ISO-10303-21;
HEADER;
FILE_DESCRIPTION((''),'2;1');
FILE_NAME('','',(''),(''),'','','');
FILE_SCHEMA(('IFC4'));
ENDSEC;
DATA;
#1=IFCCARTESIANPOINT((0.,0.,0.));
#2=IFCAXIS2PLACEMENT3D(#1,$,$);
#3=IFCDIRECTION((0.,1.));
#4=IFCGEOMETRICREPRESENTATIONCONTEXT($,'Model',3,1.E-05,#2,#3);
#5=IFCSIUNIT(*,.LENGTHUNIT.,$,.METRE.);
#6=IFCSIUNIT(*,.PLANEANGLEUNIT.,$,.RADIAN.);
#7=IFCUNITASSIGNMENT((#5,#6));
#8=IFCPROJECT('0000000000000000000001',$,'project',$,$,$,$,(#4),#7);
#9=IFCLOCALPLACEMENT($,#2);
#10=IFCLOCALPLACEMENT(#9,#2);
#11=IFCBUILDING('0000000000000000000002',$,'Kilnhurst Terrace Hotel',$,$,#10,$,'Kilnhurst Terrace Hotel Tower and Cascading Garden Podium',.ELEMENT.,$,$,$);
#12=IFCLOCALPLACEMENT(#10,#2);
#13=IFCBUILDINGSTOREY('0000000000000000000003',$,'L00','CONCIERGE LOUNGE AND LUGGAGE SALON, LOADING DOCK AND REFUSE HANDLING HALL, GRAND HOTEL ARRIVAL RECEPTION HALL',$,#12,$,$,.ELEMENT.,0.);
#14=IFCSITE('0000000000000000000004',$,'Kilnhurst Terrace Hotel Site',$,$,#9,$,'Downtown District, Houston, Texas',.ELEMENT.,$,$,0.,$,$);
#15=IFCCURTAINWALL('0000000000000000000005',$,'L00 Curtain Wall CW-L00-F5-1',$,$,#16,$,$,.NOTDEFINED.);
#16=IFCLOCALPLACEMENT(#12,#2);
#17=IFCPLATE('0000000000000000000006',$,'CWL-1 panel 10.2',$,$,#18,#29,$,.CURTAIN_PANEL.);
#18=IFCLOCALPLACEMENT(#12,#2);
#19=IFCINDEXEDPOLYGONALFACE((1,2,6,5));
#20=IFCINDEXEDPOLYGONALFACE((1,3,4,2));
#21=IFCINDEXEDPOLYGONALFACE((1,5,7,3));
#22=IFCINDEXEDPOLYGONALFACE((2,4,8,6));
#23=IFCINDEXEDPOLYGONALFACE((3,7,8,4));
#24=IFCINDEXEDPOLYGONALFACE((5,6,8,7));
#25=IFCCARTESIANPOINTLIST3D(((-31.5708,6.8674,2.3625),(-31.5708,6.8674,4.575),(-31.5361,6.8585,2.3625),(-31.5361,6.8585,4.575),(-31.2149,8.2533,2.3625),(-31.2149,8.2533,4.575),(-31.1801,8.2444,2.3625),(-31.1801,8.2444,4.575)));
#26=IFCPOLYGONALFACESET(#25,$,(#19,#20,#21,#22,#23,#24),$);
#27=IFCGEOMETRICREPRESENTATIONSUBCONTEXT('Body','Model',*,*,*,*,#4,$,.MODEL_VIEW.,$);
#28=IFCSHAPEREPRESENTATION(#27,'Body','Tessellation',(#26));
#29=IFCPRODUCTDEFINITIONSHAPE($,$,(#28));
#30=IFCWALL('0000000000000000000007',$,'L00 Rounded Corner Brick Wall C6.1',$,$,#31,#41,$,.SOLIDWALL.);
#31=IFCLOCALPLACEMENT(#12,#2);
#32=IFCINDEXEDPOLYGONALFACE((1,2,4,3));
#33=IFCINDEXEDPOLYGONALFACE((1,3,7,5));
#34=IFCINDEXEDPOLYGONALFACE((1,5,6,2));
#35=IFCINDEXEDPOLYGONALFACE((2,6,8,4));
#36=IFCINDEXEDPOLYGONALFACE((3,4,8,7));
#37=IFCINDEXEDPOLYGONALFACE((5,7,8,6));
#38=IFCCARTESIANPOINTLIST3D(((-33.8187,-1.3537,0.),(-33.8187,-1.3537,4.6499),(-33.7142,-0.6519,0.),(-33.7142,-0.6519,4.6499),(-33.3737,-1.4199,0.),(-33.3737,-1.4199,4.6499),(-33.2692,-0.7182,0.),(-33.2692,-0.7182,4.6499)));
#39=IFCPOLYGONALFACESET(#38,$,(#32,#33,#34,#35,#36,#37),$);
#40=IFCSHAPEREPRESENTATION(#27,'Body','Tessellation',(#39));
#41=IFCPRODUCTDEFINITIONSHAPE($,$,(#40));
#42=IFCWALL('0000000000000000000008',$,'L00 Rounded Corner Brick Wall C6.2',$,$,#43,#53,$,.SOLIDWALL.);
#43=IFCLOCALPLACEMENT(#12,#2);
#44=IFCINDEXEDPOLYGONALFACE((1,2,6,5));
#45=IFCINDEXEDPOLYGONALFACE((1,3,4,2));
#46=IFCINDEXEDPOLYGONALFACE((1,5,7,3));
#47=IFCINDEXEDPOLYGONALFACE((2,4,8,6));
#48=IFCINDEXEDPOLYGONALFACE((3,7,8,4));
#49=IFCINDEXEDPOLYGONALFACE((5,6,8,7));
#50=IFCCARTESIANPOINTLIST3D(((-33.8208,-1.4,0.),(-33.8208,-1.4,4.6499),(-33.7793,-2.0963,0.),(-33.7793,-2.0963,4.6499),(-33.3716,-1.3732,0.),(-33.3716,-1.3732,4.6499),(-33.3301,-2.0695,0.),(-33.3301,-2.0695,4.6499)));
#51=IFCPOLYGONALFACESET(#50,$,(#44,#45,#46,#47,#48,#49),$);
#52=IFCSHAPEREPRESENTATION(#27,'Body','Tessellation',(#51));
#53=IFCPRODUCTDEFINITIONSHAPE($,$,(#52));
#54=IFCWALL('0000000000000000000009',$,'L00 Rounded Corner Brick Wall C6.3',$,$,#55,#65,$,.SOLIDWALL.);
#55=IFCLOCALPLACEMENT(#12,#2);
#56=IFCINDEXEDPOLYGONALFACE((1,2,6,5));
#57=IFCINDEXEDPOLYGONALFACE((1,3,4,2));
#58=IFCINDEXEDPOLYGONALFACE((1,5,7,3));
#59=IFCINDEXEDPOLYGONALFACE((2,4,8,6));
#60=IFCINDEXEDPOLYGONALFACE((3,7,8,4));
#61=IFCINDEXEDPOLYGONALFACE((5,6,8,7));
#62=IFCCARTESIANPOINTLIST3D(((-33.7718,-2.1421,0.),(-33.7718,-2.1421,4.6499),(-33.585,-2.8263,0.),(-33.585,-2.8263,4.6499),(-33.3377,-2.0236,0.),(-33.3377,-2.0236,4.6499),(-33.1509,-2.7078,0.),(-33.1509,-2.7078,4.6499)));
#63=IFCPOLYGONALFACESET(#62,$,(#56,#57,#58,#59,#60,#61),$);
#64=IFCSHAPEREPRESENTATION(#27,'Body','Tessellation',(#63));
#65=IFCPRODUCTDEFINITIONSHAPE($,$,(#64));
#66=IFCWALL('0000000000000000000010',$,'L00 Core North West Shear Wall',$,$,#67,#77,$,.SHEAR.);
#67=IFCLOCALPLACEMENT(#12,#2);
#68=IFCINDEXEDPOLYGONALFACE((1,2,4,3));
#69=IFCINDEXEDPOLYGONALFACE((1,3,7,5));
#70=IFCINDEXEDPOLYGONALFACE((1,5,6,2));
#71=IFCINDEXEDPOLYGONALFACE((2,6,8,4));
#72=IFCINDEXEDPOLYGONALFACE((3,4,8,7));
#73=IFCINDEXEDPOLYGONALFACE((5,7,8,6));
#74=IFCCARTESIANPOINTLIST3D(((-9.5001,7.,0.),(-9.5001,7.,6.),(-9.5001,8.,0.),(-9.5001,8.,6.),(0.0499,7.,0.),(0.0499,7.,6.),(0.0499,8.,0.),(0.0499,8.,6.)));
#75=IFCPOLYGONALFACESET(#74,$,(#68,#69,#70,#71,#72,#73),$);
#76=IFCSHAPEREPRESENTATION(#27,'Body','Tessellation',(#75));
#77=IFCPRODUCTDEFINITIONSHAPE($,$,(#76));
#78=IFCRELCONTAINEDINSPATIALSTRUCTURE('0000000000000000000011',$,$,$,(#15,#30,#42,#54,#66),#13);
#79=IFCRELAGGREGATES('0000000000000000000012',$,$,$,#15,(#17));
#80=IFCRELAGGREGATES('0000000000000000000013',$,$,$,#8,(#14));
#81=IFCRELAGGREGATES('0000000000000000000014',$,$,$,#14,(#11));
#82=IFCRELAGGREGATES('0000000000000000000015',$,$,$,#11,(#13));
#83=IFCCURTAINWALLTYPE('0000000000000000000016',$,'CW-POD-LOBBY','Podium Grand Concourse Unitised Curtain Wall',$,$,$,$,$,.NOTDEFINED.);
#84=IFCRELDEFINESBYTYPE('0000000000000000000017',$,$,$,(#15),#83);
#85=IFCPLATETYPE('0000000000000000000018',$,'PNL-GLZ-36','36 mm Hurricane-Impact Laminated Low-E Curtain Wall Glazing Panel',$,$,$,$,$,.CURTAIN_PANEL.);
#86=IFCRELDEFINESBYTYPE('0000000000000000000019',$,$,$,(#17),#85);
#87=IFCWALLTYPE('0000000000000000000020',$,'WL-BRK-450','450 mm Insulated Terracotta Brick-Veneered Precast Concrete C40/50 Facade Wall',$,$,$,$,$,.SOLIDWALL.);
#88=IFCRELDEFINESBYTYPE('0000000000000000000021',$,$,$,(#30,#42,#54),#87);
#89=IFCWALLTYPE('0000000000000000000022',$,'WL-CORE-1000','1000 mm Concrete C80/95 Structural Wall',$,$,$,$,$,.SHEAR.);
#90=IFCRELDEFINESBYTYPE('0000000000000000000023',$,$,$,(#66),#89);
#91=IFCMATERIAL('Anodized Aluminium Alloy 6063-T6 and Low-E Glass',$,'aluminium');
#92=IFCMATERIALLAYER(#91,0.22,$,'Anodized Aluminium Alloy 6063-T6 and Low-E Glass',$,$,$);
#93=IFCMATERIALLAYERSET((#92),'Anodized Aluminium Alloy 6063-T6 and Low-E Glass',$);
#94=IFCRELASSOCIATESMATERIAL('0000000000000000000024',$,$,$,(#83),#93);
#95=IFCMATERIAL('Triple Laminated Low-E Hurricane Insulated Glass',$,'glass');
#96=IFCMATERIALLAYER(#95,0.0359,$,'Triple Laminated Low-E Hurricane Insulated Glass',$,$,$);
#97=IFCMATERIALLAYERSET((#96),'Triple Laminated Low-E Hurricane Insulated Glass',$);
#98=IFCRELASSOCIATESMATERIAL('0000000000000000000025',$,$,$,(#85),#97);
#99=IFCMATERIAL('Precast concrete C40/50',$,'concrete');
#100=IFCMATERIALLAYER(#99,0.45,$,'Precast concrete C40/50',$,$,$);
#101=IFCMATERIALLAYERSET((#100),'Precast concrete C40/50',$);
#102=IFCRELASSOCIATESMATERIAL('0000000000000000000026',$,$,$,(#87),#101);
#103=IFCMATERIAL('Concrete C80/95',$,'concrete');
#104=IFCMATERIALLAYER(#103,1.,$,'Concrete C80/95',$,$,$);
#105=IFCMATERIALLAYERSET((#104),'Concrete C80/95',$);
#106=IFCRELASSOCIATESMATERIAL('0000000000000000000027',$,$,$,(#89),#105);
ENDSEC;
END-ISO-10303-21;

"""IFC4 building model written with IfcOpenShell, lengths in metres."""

from ifc_helpers import new_model, si_unit, direction, frame, frame_2d, origin, origin_2d, place, context, subcontext, project, spatial, rectangle, extrude, material, layer, layer_set, type_object, element, aggregate, save


model = new_model("IFC4")

# Units and contexts
model_context = context("Model", 3, precision=1e-05, world=origin(), true_north=direction((0.0, 1.0)))
body_context = subcontext(model_context, "Body", "Model", "MODEL_VIEW")
ifc_project = project(units=[si_unit("LENGTHUNIT", "METRE"), si_unit("PLANEANGLEUNIT", "RADIAN")], contexts=[model_context])

# Site, building, storey
site_placement = place(None, origin())
site = spatial("IfcSite", under=ifc_project, at=site_placement, Name="Kilnhurst Terrace Hotel Site", LongName="Downtown District, Houston, Texas", CompositionType="ELEMENT", RefElevation=0.0)
building_placement = place(site_placement, origin())
building = spatial("IfcBuilding", under=site, at=building_placement, Name="Kilnhurst Terrace Hotel", LongName="Kilnhurst Terrace Hotel Tower and Cascading Garden Podium", CompositionType="ELEMENT")
storey_placement = place(building_placement, origin())
storey = spatial("IfcBuildingStorey", under=building, at=storey_placement, Name="L00", Description="CONCIERGE LOUNGE AND LUGGAGE SALON, LOADING DOCK AND REFUSE HANDLING HALL, GRAND HOTEL ARRIVAL RECEPTION HALL", CompositionType="ELEMENT", Elevation=0.0)

# Shared definitions
ifc_material_1 = material(Name="Concrete C80/95", Category="concrete")

# Curtain wall
ifc_material_2 = material(Name="Anodized Aluminium Alloy 6063-T6 and Low-E Glass", Category="aluminium")
ifc_layer_1 = layer(ifc_material_2, 0.22, Name="Anodized Aluminium Alloy 6063-T6 and Low-E Glass")
ifc_layer_set_1 = layer_set([ifc_layer_1], Name="Anodized Aluminium Alloy 6063-T6 and Low-E Glass")
curtain_wall_type = type_object("IfcCurtainWallType", Name="CW-POD-LOBBY", Description="Podium Grand Concourse Unitised Curtain Wall", PredefinedType="NOTDEFINED", material=ifc_layer_set_1)
curtain_wall_placement = place(storey_placement, origin())
curtain_wall = element("IfcCurtainWall", 1, at=curtain_wall_placement, inside=storey, type_object=curtain_wall_type, Name="L00 Curtain Wall CW-L00-F5-1", PredefinedType="NOTDEFINED")

# Plate
ifc_material_3 = material(Name="Triple Laminated Low-E Hurricane Insulated Glass", Category="glass")
ifc_layer_2 = layer(ifc_material_3, 0.0359, Name="Triple Laminated Low-E Hurricane Insulated Glass")
ifc_layer_set_2 = layer_set([ifc_layer_2], Name="Triple Laminated Low-E Hurricane Insulated Glass")
plate_type = type_object("IfcPlateType", Name="PNL-GLZ-36", Description="36 mm Hurricane-Impact Laminated Low-E Curtain Wall Glazing Panel", PredefinedType="CURTAIN_PANEL", material=ifc_layer_set_2)
plate_1_placement = place(storey_placement, frame((-31.3755, 7.5559, 2.3625), z_axis=(0.0, 0.0, 1.0), x_axis=(-0.24874, -0.96857, 0.0)))
plate_1 = element("IfcPlate", 2, at=plate_1_placement, type_object=plate_type, Name="CWL-1 panel 10.2", PredefinedType="CURTAIN_PANEL", context=body_context, shape_type="SweptSolid", body=[
    extrude(rectangle(XDim=1.4309, YDim=0.0359, at=origin_2d()), origin(), (0.0, 0.0, 1.0), 2.2124),
])
aggregate(curtain_wall, [plate_1])

# Walls
ifc_material_4 = material(Name="Precast concrete C40/50", Category="concrete")
ifc_layer_3 = layer(ifc_material_4, 0.45, Name="Precast concrete C40/50")
ifc_layer_set_3 = layer_set([ifc_layer_3], Name="Precast concrete C40/50")
wall_type_1 = type_object("IfcWallType", Name="WL-BRK-450", Description="450 mm Insulated Terracotta Brick-Veneered Precast Concrete C40/50 Facade Wall", PredefinedType="SOLIDWALL", material=ifc_layer_set_3)
wall_1_placement = place(storey_placement, frame((-33.4917, -0.6851, 0.0), z_axis=(0.0, 0.0, 1.0), x_axis=(-0.147297, -0.989092, 0.0)))
element("IfcWall", 3, at=wall_1_placement, inside=storey, type_object=wall_type_1, Name="L00 Rounded Corner Brick Wall C6.1", PredefinedType="SOLIDWALL", context=body_context, shape_type="SweptSolid", body=[
    extrude(rectangle(XDim=0.7095, YDim=0.45, at=frame_2d((0.3547, 0.0))), origin(), (0.0, 0.0, 1.0), 4.6499),
])
wall_2_placement = place(storey_placement, frame((-33.5962, -1.3867, 0.0), z_axis=(0.0, 0.0, 1.0), x_axis=(0.059502, -0.998228, 0.0)))
element("IfcWall", 4, at=wall_2_placement, inside=storey, type_object=wall_type_1, Name="L00 Rounded Corner Brick Wall C6.2", PredefinedType="SOLIDWALL", context=body_context, shape_type="SweptSolid", body=[
    extrude(rectangle(XDim=0.6975, YDim=0.45, at=frame_2d((0.3486, 0.0))), origin(), (0.0, 0.0, 1.0), 4.6499),
])
wall_3_placement = place(storey_placement, frame((-33.5547, -2.083, 0.0), z_axis=(0.0, 0.0, 1.0), x_axis=(0.26338, -0.964692, 0.0)))
element("IfcWall", 5, at=wall_3_placement, inside=storey, type_object=wall_type_1, Name="L00 Rounded Corner Brick Wall C6.3", PredefinedType="SOLIDWALL", context=body_context, shape_type="SweptSolid", body=[
    extrude(rectangle(XDim=0.7092, YDim=0.45, at=frame_2d((0.3545, 0.0))), origin(), (0.0, 0.0, 1.0), 4.6499),
])

# Wall
ifc_layer_4 = layer(ifc_material_1, 1.0, Name="Concrete C80/95")
ifc_layer_set_4 = layer_set([ifc_layer_4], Name="Concrete C80/95")
wall_type_2 = type_object("IfcWallType", Name="WL-CORE-1000", Description="1000 mm Concrete C80/95 Structural Wall", PredefinedType="SHEAR", material=ifc_layer_set_4)
wall_4_placement = place(storey_placement, frame((-9.5, 7.5, 0.0), z_axis=(0.0, 0.0, 1.0), x_axis=(1.0, 0.0, 0.0)))
element("IfcWall", 6, at=wall_4_placement, inside=storey, type_object=wall_type_2, Name="L00 Core North West Shear Wall", PredefinedType="SHEAR", context=body_context, shape_type="SweptSolid", body=[
    extrude(rectangle(XDim=9.55, YDim=1.0, at=frame_2d((4.7749, 0.0))), origin(), (0.0, 0.0, 1.0), 6.0),
])

save(model, "model.ifc")
